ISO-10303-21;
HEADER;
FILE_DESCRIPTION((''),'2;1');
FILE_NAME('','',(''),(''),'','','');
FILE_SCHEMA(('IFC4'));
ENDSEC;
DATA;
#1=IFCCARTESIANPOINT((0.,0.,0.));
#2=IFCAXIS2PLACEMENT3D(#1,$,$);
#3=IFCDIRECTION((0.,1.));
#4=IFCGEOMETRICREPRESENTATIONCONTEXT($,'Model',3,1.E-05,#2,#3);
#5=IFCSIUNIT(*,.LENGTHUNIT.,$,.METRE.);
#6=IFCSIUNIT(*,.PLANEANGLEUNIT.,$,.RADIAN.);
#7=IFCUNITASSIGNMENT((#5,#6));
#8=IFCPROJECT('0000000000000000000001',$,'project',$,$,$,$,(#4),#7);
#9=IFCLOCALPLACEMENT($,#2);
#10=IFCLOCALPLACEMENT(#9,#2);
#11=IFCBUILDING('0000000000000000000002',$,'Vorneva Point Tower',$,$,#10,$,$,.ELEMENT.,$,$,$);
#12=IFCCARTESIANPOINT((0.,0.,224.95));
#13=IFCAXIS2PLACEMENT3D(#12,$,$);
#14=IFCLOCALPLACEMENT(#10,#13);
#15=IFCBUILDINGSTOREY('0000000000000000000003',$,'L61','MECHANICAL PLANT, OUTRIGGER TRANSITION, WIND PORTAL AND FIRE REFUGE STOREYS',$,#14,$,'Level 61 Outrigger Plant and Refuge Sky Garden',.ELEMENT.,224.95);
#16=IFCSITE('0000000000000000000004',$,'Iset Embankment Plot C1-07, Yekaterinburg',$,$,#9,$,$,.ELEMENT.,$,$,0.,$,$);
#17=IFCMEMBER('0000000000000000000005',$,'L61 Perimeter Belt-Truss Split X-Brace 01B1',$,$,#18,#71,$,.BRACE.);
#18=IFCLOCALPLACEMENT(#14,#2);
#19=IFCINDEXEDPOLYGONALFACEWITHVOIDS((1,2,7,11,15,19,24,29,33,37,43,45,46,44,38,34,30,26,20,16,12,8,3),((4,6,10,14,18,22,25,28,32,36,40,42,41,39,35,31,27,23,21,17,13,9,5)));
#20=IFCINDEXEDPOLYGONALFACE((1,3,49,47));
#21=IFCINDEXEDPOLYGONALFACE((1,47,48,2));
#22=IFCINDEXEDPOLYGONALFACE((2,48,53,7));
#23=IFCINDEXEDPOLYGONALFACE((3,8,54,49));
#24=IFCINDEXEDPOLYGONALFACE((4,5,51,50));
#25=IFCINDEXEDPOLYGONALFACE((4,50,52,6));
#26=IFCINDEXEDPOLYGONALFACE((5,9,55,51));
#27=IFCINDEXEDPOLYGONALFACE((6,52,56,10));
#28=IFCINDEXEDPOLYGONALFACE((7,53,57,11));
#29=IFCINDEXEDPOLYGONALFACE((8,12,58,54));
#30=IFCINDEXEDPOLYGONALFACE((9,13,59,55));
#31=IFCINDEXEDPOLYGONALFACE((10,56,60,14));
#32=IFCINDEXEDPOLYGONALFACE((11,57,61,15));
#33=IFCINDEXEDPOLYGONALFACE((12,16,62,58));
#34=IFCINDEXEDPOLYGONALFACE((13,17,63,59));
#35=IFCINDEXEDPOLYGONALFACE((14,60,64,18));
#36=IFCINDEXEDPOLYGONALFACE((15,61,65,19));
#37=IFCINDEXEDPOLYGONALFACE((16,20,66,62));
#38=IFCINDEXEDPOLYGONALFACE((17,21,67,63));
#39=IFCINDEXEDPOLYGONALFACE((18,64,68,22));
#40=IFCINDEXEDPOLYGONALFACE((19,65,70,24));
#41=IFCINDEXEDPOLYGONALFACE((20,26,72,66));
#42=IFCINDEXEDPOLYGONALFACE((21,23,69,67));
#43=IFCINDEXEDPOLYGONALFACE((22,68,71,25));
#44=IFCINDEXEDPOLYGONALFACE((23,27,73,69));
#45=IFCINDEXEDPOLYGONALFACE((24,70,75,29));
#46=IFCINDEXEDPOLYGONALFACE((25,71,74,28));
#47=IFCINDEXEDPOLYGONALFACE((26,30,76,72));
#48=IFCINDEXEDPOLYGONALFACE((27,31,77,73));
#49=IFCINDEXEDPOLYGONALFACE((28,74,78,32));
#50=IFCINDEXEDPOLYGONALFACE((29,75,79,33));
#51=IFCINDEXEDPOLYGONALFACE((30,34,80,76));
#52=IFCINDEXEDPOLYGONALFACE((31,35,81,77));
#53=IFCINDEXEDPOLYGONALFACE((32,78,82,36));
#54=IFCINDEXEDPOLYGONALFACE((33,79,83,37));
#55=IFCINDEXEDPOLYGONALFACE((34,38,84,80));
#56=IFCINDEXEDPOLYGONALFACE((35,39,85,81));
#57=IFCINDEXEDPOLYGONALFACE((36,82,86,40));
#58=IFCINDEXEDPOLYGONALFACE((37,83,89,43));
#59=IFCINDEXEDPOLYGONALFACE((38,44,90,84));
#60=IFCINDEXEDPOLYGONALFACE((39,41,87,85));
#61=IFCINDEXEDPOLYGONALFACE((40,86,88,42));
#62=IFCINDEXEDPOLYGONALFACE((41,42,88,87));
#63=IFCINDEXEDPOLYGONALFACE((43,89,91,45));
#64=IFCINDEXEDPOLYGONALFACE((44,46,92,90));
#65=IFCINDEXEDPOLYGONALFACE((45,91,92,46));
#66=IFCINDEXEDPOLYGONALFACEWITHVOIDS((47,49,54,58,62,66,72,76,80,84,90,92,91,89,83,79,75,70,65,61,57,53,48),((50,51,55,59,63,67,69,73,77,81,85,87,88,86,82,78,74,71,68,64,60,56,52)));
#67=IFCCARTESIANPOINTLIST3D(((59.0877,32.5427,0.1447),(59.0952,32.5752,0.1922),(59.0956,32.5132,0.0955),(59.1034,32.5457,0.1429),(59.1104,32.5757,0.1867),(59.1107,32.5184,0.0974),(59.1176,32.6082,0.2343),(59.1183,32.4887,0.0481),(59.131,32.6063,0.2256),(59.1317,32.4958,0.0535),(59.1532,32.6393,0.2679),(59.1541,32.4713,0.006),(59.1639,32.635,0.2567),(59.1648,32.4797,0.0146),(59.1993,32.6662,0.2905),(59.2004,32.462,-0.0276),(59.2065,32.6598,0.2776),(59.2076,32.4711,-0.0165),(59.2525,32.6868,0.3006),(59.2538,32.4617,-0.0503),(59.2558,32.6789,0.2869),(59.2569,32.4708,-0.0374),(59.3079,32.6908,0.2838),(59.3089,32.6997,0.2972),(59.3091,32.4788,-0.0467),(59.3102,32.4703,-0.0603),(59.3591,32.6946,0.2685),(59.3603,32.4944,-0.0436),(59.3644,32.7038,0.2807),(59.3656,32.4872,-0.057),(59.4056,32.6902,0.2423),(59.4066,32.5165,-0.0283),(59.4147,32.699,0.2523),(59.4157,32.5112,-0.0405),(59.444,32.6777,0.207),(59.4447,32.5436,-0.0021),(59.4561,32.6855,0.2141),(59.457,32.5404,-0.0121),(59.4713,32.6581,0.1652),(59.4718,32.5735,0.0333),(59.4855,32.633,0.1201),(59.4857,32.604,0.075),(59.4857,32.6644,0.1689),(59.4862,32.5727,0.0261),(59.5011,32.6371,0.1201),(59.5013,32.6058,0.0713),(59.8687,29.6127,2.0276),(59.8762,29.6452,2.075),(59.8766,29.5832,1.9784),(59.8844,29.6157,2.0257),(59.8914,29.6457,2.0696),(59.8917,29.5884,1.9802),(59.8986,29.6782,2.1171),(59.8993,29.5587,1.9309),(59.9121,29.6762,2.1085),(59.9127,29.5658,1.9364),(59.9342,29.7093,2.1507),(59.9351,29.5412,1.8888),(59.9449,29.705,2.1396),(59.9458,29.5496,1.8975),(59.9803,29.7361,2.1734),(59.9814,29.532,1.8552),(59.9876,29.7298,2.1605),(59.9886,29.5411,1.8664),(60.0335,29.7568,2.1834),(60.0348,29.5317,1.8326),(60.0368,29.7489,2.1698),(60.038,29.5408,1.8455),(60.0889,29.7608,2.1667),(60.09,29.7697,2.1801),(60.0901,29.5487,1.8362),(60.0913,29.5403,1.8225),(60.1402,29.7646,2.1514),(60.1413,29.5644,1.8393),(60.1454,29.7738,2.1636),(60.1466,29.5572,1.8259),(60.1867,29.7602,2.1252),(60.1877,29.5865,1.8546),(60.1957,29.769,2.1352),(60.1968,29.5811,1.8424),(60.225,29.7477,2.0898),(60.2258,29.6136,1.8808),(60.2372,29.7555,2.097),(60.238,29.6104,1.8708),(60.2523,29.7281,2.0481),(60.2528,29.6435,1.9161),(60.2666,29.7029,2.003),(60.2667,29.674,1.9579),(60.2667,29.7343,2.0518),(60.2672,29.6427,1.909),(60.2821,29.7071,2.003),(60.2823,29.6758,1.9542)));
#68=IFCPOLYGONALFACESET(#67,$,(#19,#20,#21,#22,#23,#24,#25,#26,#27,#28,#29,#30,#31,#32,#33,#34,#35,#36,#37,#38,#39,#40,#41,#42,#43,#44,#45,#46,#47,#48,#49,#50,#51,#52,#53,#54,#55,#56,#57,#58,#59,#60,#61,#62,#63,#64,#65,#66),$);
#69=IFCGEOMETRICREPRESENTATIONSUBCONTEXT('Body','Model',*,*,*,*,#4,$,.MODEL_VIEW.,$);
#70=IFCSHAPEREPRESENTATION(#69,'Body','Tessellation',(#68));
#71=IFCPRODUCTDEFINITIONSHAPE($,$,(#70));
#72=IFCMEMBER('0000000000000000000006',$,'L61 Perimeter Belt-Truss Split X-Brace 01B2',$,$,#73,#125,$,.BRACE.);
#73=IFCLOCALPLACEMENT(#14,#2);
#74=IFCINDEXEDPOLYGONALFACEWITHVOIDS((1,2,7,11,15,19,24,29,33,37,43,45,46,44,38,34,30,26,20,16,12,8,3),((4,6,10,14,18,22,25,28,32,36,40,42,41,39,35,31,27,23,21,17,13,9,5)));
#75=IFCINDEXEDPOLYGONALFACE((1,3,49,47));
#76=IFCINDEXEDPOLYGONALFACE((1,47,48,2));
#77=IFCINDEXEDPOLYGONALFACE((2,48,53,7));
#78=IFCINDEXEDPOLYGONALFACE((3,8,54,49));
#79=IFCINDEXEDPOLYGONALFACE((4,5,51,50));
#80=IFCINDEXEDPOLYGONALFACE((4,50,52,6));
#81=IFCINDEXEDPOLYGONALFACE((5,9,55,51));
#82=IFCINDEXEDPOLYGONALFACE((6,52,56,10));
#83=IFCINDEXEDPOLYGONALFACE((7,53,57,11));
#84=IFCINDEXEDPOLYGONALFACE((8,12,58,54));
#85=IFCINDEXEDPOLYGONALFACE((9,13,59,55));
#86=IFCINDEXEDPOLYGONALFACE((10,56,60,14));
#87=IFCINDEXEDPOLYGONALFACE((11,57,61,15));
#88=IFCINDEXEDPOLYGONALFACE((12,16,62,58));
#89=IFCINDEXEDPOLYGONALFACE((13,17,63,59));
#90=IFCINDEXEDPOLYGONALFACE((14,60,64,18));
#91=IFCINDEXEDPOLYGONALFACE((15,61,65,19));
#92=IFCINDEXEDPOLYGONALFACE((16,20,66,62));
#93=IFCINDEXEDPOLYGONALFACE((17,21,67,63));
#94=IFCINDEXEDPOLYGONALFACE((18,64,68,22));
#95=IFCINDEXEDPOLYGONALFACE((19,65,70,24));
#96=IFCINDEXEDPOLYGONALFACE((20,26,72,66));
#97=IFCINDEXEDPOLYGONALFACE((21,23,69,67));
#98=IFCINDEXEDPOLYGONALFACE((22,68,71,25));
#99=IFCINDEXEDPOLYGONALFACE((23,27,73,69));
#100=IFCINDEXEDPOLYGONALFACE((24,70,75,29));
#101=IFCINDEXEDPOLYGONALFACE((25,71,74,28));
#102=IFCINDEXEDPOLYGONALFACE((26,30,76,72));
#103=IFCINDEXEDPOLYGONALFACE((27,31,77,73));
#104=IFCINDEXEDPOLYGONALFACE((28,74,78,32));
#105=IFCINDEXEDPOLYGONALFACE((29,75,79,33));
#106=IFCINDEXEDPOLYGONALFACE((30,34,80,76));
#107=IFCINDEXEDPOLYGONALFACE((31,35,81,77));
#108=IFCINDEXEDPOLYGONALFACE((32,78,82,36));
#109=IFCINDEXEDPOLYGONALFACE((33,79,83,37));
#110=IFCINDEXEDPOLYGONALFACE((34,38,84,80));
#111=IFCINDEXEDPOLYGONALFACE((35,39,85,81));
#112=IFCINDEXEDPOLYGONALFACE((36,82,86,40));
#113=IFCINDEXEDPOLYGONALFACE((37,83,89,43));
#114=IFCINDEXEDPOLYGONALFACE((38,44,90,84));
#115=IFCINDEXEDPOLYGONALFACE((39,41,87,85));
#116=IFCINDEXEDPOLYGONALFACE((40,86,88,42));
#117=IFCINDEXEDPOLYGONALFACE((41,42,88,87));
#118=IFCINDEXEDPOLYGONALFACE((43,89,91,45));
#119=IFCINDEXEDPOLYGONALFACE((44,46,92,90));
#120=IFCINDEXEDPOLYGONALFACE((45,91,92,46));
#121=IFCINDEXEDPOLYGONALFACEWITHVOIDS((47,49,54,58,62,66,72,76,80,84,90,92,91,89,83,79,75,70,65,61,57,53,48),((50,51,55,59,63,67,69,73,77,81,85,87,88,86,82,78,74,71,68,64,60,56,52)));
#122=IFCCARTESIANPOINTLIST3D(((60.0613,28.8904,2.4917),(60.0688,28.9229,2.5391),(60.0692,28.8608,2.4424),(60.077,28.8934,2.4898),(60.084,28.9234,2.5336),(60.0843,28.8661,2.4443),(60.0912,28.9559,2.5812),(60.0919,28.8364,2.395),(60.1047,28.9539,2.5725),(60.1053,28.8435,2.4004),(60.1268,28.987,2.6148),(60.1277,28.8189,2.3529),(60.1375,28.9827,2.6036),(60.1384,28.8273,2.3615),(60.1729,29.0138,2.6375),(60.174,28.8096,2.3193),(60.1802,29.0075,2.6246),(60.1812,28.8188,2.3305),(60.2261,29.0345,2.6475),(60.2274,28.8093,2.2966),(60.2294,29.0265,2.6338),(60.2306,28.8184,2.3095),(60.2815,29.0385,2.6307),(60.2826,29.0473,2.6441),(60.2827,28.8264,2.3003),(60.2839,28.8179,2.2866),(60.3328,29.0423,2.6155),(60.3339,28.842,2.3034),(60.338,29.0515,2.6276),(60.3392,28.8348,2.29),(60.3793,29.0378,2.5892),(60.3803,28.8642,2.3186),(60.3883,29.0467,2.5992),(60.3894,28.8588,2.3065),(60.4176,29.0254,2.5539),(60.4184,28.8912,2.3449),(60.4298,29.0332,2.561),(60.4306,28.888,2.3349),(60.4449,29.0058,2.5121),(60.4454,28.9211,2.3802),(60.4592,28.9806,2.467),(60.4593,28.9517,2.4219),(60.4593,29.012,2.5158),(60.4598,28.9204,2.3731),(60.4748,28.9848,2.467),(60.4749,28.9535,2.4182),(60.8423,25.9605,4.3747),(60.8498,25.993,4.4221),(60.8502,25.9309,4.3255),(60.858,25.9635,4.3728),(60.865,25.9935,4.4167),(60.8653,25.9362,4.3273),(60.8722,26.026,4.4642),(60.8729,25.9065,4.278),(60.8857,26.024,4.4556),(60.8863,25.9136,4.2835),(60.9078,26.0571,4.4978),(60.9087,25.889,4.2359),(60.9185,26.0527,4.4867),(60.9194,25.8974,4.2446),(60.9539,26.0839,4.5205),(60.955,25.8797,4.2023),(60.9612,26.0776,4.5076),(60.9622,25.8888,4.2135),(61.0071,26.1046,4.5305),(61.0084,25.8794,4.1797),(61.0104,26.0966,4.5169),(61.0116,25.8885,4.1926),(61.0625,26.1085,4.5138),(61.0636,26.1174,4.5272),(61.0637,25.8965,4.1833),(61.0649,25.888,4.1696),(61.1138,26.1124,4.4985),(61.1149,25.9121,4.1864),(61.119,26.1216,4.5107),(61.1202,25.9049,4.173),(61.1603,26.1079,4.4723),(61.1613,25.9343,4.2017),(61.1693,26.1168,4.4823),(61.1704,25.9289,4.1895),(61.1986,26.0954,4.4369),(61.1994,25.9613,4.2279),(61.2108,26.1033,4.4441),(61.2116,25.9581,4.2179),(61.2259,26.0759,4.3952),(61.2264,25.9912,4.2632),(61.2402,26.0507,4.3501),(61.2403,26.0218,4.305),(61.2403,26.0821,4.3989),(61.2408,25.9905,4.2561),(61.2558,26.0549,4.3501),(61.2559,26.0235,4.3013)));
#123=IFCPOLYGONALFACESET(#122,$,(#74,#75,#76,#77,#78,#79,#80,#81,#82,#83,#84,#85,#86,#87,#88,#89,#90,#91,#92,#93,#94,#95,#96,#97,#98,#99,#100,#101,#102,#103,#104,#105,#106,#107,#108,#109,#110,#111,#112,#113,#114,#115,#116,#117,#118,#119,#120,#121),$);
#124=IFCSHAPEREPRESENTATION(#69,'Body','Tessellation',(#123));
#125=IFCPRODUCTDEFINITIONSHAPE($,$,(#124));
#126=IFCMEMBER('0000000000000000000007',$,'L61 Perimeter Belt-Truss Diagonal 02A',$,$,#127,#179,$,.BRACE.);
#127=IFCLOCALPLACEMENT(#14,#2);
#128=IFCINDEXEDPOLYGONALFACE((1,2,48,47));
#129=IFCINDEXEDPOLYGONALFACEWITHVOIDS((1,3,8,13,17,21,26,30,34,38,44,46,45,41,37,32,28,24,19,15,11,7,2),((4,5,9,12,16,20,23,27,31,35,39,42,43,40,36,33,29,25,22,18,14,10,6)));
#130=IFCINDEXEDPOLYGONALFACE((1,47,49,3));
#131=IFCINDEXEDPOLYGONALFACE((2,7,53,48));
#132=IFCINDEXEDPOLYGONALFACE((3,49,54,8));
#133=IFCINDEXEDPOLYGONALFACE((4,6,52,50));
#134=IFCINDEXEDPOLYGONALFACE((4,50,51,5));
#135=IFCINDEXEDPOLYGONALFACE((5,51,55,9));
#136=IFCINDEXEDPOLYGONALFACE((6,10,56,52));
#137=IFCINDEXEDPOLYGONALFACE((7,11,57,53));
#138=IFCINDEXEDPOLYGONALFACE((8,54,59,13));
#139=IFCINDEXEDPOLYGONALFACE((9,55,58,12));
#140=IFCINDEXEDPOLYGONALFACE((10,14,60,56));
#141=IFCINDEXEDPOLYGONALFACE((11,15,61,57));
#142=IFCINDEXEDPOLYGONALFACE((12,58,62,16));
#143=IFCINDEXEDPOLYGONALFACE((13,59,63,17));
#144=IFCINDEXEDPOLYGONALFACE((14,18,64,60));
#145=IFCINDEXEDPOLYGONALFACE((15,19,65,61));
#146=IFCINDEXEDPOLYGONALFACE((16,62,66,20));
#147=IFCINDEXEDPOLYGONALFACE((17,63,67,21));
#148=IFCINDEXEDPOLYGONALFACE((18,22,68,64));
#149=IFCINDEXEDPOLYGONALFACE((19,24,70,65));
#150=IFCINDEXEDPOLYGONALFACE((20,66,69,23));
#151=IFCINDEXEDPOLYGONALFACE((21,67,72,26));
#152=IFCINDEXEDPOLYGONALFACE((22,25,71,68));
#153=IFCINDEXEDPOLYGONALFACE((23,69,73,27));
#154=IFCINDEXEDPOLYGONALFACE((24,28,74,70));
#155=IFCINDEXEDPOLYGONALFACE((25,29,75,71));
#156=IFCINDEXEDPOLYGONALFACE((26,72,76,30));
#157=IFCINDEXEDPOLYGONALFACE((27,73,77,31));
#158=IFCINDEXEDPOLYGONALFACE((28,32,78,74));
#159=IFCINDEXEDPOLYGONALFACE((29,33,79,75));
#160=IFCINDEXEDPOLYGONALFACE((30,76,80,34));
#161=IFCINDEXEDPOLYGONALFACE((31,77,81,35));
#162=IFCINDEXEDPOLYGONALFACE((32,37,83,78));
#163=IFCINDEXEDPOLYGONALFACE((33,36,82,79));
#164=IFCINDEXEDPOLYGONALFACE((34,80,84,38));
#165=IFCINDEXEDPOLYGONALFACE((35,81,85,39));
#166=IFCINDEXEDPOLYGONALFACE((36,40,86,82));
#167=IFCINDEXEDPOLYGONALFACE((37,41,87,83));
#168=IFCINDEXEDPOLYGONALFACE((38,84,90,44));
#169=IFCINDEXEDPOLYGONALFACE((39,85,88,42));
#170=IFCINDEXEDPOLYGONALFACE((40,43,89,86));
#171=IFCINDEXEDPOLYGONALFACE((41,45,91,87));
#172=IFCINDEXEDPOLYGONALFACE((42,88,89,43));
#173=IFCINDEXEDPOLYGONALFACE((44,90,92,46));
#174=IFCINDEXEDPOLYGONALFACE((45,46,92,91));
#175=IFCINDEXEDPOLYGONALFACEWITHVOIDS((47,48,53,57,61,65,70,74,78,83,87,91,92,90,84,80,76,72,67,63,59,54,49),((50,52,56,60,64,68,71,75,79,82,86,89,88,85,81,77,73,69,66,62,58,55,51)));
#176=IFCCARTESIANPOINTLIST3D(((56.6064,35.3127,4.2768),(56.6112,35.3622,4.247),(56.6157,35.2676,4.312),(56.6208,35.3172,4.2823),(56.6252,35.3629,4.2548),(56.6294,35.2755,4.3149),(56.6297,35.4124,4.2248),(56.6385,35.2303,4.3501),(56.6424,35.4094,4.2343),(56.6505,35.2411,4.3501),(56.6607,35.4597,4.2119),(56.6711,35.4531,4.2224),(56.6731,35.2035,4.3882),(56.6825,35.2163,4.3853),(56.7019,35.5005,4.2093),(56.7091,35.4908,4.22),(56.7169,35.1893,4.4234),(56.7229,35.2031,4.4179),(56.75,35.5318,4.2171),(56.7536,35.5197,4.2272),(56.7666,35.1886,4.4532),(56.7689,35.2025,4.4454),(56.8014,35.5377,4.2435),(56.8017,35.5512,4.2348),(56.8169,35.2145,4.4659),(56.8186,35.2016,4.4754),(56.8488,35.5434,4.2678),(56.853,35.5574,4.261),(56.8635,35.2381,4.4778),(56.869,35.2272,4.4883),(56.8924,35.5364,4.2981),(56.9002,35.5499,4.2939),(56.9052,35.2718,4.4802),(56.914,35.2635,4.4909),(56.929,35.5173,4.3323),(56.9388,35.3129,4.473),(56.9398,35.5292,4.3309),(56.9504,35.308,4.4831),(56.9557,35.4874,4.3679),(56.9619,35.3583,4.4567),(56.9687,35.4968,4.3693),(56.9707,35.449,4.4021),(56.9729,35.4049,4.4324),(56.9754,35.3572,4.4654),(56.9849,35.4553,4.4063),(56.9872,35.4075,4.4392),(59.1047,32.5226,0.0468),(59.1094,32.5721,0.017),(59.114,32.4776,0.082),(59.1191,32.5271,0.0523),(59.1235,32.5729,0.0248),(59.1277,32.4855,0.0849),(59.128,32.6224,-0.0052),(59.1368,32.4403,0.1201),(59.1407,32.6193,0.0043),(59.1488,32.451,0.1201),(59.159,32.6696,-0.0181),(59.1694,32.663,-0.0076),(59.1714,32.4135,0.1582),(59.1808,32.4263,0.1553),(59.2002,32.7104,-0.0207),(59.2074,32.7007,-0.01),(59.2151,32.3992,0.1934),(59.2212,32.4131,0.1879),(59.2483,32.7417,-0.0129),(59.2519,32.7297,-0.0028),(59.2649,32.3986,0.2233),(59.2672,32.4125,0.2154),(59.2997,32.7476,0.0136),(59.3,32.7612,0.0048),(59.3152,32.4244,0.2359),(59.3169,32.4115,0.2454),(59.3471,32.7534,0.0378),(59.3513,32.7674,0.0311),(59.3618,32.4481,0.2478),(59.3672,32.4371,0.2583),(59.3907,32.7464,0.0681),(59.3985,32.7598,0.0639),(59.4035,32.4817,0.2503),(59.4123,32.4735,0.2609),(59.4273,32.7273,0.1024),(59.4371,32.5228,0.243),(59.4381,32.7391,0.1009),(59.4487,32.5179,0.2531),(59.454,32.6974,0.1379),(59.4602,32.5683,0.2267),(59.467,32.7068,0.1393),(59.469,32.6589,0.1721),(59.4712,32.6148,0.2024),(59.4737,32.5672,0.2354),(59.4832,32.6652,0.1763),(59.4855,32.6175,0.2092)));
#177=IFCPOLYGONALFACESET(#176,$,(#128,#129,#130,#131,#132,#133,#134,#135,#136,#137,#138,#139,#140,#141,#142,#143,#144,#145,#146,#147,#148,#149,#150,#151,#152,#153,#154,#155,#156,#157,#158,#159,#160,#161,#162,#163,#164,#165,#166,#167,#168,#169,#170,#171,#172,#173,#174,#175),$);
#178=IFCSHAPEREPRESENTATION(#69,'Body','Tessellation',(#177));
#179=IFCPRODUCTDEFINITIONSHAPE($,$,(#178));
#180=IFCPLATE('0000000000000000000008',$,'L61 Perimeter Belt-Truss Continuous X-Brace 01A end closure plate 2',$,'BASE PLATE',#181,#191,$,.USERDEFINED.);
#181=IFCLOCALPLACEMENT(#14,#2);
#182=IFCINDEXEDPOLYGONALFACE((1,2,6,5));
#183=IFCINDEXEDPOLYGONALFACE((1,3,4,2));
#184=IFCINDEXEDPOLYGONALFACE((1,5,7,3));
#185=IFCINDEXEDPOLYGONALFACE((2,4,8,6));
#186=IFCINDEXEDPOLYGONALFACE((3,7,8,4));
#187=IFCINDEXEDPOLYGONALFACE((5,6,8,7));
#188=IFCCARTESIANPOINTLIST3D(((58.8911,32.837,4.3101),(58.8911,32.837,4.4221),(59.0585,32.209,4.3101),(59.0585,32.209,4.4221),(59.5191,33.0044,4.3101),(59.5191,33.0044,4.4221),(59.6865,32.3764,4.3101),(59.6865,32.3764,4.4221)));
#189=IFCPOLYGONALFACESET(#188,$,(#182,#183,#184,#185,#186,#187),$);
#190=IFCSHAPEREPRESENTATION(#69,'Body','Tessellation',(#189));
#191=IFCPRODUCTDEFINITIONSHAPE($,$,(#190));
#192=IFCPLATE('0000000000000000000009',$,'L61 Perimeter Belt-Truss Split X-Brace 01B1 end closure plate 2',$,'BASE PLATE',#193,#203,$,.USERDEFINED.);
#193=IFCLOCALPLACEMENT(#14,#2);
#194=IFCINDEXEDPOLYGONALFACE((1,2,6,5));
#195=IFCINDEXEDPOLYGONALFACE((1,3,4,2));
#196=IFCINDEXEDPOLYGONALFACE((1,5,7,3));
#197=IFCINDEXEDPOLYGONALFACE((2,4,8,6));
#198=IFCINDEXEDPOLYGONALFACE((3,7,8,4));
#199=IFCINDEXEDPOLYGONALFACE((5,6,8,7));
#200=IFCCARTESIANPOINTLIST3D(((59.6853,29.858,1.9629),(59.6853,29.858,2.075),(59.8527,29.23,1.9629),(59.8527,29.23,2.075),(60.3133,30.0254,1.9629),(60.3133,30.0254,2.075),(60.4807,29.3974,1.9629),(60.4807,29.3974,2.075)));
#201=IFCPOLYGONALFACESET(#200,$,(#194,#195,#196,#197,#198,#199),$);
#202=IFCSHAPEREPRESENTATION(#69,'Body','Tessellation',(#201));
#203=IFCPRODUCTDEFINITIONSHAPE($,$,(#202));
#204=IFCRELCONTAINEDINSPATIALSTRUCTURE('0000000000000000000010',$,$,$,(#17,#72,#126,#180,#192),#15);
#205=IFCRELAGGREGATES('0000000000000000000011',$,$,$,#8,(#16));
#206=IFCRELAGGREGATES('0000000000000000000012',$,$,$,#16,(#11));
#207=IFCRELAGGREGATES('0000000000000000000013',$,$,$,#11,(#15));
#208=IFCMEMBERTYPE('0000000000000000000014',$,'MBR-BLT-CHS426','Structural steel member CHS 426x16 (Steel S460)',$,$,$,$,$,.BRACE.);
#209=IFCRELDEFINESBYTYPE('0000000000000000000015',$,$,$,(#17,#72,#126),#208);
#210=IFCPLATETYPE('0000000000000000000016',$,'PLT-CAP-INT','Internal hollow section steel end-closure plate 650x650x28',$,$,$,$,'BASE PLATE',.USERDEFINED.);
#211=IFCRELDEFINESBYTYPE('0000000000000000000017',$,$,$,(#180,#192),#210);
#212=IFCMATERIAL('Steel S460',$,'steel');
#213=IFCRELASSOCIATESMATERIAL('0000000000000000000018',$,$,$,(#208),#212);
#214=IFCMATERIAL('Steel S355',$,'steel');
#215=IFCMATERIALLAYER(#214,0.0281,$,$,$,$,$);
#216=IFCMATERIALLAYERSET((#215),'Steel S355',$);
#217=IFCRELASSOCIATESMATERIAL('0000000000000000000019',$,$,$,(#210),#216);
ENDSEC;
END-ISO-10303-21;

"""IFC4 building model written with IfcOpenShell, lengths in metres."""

from ifc_helpers import new_model, si_unit, direction, frame, origin, origin_2d, place, context, subcontext, project, spatial, rectangle, hollow_circle, extrude, material, layer, layer_set, material_profile, profile_set, type_object, element, save


model = new_model("IFC4")

# Units and contexts
model_context = context("Model", 3, precision=1e-05, world=origin(), true_north=direction((0.0, 1.0)))
body_context = subcontext(model_context, "Body", "Model", "MODEL_VIEW")
ifc_project = project(units=[si_unit("LENGTHUNIT", "METRE"), si_unit("PLANEANGLEUNIT", "RADIAN")], contexts=[model_context])

# Site, building, storey
site_placement = place(None, origin())
site = spatial("IfcSite", under=ifc_project, at=site_placement, Name="Iset Embankment Plot C1-07, Yekaterinburg", CompositionType="ELEMENT", RefElevation=0.0)
building_placement = place(site_placement, origin())
building = spatial("IfcBuilding", under=site, at=building_placement, Name="Vorneva Point Tower", CompositionType="ELEMENT")
storey_placement = place(building_placement, frame((0.0, 0.0, 224.95)))
storey = spatial("IfcBuildingStorey", under=building, at=storey_placement, Name="L61", Description="MECHANICAL PLANT, OUTRIGGER TRANSITION, WIND PORTAL AND FIRE REFUGE STOREYS", LongName="Level 61 Outrigger Plant and Refuge Sky Garden", CompositionType="ELEMENT", Elevation=224.95)

# Shared definitions
ifc_material_1 = material(Name="Steel S460", Category="steel")
ifc_material_2 = material(Name="Steel S355", Category="steel")

# Members
ifc_material_profile_1 = material_profile(ifc_material_1, hollow_circle(Radius=0.2129, WallThickness=0.0161, at=origin_2d()), Name="CHS 426x16")
ifc_profile_set_1 = profile_set([ifc_material_profile_1], Name="Steel S460")
member_type = type_object("IfcMemberType", Name="MBR-BLT-CHS426", Description="Structural steel member CHS 426x16 (Steel S460)", PredefinedType="BRACE", material=ifc_profile_set_1)
for number, where, z_axis, x_axis, name in (
    (1, (59.2954, 32.5823, 0.1201), (0.218816, -0.820885, 0.527511), (0.96626, 0.257567, 0.0), "L61 Perimeter Belt-Truss Split X-Brace 01B1"),
    (2, (60.269, 28.9299, 2.467), (0.218808, -0.820855, 0.527561), (0.96626, 0.257567, 0.0), "L61 Perimeter Belt-Truss Split X-Brace 01B2"),
):
    element("IfcMember", number, at=place(storey_placement, frame(where, z_axis=z_axis, x_axis=x_axis)), inside=storey, type_object=member_type, Name=name, PredefinedType="BRACE", context=body_context, shape_type="SweptSolid", body=[
        extrude(hollow_circle(Radius=0.2129, WallThickness=0.0161, at=origin_2d()), origin(), (0.0, 0.0, 1.0), 3.5693),
    ])
member_placement = place(storey_placement, frame((59.2954, 32.5823, 0.1201), z_axis=(-0.442203, 0.493843, 0.748716), x_axis=(-0.744984, -0.667083, 0.0)))
element("IfcMember", 3, at=member_placement, inside=storey, type_object=member_type, Name="L61 Perimeter Belt-Truss Diagonal 02A", PredefinedType="BRACE", context=body_context, shape_type="SweptSolid", body=[
    extrude(hollow_circle(Radius=0.2129, WallThickness=0.0161, at=origin_2d()), origin(), (0.0, 0.0, 1.0), 5.6497),
])

# Plates
ifc_layer_1 = layer(ifc_material_2, 0.0281)
ifc_layer_set_1 = layer_set([ifc_layer_1], Name="Steel S355")
plate_type_1 = type_object("IfcPlateType", Name="PLT-CAP-INT", Description="Internal hollow section steel end-closure plate 650x650x28", ElementType="BASE PLATE", PredefinedType="USERDEFINED", material=ifc_layer_set_1)
for number, where, z_axis, x_axis, name in (
    (4, (59.2888, 32.6067, 4.3101), (0.0, 0.0, 1.0), (-0.257571, 0.966259, 0.0), "L61 Perimeter Belt-Truss Continuous X-Brace 01A end closure plate 2"),
    (5, (60.083, 29.6277, 1.9629), (0.0, 0.0, 1.0), (0.257571, -0.966259, 0.0), "L61 Perimeter Belt-Truss Split X-Brace 01B1 end closure plate 2"),
):
    element("IfcPlate", number, at=place(storey_placement, frame(where, z_axis=z_axis, x_axis=x_axis)), inside=storey, type_object=plate_type_1, Name=name, ObjectType="BASE PLATE", PredefinedType="USERDEFINED", context=body_context, shape_type="SweptSolid", body=[
        extrude(rectangle(XDim=0.6499, YDim=0.6499, at=origin_2d()), origin(), (0.0, 0.0, 1.0), 0.1121),
    ])

save(model, "model.ifc")
